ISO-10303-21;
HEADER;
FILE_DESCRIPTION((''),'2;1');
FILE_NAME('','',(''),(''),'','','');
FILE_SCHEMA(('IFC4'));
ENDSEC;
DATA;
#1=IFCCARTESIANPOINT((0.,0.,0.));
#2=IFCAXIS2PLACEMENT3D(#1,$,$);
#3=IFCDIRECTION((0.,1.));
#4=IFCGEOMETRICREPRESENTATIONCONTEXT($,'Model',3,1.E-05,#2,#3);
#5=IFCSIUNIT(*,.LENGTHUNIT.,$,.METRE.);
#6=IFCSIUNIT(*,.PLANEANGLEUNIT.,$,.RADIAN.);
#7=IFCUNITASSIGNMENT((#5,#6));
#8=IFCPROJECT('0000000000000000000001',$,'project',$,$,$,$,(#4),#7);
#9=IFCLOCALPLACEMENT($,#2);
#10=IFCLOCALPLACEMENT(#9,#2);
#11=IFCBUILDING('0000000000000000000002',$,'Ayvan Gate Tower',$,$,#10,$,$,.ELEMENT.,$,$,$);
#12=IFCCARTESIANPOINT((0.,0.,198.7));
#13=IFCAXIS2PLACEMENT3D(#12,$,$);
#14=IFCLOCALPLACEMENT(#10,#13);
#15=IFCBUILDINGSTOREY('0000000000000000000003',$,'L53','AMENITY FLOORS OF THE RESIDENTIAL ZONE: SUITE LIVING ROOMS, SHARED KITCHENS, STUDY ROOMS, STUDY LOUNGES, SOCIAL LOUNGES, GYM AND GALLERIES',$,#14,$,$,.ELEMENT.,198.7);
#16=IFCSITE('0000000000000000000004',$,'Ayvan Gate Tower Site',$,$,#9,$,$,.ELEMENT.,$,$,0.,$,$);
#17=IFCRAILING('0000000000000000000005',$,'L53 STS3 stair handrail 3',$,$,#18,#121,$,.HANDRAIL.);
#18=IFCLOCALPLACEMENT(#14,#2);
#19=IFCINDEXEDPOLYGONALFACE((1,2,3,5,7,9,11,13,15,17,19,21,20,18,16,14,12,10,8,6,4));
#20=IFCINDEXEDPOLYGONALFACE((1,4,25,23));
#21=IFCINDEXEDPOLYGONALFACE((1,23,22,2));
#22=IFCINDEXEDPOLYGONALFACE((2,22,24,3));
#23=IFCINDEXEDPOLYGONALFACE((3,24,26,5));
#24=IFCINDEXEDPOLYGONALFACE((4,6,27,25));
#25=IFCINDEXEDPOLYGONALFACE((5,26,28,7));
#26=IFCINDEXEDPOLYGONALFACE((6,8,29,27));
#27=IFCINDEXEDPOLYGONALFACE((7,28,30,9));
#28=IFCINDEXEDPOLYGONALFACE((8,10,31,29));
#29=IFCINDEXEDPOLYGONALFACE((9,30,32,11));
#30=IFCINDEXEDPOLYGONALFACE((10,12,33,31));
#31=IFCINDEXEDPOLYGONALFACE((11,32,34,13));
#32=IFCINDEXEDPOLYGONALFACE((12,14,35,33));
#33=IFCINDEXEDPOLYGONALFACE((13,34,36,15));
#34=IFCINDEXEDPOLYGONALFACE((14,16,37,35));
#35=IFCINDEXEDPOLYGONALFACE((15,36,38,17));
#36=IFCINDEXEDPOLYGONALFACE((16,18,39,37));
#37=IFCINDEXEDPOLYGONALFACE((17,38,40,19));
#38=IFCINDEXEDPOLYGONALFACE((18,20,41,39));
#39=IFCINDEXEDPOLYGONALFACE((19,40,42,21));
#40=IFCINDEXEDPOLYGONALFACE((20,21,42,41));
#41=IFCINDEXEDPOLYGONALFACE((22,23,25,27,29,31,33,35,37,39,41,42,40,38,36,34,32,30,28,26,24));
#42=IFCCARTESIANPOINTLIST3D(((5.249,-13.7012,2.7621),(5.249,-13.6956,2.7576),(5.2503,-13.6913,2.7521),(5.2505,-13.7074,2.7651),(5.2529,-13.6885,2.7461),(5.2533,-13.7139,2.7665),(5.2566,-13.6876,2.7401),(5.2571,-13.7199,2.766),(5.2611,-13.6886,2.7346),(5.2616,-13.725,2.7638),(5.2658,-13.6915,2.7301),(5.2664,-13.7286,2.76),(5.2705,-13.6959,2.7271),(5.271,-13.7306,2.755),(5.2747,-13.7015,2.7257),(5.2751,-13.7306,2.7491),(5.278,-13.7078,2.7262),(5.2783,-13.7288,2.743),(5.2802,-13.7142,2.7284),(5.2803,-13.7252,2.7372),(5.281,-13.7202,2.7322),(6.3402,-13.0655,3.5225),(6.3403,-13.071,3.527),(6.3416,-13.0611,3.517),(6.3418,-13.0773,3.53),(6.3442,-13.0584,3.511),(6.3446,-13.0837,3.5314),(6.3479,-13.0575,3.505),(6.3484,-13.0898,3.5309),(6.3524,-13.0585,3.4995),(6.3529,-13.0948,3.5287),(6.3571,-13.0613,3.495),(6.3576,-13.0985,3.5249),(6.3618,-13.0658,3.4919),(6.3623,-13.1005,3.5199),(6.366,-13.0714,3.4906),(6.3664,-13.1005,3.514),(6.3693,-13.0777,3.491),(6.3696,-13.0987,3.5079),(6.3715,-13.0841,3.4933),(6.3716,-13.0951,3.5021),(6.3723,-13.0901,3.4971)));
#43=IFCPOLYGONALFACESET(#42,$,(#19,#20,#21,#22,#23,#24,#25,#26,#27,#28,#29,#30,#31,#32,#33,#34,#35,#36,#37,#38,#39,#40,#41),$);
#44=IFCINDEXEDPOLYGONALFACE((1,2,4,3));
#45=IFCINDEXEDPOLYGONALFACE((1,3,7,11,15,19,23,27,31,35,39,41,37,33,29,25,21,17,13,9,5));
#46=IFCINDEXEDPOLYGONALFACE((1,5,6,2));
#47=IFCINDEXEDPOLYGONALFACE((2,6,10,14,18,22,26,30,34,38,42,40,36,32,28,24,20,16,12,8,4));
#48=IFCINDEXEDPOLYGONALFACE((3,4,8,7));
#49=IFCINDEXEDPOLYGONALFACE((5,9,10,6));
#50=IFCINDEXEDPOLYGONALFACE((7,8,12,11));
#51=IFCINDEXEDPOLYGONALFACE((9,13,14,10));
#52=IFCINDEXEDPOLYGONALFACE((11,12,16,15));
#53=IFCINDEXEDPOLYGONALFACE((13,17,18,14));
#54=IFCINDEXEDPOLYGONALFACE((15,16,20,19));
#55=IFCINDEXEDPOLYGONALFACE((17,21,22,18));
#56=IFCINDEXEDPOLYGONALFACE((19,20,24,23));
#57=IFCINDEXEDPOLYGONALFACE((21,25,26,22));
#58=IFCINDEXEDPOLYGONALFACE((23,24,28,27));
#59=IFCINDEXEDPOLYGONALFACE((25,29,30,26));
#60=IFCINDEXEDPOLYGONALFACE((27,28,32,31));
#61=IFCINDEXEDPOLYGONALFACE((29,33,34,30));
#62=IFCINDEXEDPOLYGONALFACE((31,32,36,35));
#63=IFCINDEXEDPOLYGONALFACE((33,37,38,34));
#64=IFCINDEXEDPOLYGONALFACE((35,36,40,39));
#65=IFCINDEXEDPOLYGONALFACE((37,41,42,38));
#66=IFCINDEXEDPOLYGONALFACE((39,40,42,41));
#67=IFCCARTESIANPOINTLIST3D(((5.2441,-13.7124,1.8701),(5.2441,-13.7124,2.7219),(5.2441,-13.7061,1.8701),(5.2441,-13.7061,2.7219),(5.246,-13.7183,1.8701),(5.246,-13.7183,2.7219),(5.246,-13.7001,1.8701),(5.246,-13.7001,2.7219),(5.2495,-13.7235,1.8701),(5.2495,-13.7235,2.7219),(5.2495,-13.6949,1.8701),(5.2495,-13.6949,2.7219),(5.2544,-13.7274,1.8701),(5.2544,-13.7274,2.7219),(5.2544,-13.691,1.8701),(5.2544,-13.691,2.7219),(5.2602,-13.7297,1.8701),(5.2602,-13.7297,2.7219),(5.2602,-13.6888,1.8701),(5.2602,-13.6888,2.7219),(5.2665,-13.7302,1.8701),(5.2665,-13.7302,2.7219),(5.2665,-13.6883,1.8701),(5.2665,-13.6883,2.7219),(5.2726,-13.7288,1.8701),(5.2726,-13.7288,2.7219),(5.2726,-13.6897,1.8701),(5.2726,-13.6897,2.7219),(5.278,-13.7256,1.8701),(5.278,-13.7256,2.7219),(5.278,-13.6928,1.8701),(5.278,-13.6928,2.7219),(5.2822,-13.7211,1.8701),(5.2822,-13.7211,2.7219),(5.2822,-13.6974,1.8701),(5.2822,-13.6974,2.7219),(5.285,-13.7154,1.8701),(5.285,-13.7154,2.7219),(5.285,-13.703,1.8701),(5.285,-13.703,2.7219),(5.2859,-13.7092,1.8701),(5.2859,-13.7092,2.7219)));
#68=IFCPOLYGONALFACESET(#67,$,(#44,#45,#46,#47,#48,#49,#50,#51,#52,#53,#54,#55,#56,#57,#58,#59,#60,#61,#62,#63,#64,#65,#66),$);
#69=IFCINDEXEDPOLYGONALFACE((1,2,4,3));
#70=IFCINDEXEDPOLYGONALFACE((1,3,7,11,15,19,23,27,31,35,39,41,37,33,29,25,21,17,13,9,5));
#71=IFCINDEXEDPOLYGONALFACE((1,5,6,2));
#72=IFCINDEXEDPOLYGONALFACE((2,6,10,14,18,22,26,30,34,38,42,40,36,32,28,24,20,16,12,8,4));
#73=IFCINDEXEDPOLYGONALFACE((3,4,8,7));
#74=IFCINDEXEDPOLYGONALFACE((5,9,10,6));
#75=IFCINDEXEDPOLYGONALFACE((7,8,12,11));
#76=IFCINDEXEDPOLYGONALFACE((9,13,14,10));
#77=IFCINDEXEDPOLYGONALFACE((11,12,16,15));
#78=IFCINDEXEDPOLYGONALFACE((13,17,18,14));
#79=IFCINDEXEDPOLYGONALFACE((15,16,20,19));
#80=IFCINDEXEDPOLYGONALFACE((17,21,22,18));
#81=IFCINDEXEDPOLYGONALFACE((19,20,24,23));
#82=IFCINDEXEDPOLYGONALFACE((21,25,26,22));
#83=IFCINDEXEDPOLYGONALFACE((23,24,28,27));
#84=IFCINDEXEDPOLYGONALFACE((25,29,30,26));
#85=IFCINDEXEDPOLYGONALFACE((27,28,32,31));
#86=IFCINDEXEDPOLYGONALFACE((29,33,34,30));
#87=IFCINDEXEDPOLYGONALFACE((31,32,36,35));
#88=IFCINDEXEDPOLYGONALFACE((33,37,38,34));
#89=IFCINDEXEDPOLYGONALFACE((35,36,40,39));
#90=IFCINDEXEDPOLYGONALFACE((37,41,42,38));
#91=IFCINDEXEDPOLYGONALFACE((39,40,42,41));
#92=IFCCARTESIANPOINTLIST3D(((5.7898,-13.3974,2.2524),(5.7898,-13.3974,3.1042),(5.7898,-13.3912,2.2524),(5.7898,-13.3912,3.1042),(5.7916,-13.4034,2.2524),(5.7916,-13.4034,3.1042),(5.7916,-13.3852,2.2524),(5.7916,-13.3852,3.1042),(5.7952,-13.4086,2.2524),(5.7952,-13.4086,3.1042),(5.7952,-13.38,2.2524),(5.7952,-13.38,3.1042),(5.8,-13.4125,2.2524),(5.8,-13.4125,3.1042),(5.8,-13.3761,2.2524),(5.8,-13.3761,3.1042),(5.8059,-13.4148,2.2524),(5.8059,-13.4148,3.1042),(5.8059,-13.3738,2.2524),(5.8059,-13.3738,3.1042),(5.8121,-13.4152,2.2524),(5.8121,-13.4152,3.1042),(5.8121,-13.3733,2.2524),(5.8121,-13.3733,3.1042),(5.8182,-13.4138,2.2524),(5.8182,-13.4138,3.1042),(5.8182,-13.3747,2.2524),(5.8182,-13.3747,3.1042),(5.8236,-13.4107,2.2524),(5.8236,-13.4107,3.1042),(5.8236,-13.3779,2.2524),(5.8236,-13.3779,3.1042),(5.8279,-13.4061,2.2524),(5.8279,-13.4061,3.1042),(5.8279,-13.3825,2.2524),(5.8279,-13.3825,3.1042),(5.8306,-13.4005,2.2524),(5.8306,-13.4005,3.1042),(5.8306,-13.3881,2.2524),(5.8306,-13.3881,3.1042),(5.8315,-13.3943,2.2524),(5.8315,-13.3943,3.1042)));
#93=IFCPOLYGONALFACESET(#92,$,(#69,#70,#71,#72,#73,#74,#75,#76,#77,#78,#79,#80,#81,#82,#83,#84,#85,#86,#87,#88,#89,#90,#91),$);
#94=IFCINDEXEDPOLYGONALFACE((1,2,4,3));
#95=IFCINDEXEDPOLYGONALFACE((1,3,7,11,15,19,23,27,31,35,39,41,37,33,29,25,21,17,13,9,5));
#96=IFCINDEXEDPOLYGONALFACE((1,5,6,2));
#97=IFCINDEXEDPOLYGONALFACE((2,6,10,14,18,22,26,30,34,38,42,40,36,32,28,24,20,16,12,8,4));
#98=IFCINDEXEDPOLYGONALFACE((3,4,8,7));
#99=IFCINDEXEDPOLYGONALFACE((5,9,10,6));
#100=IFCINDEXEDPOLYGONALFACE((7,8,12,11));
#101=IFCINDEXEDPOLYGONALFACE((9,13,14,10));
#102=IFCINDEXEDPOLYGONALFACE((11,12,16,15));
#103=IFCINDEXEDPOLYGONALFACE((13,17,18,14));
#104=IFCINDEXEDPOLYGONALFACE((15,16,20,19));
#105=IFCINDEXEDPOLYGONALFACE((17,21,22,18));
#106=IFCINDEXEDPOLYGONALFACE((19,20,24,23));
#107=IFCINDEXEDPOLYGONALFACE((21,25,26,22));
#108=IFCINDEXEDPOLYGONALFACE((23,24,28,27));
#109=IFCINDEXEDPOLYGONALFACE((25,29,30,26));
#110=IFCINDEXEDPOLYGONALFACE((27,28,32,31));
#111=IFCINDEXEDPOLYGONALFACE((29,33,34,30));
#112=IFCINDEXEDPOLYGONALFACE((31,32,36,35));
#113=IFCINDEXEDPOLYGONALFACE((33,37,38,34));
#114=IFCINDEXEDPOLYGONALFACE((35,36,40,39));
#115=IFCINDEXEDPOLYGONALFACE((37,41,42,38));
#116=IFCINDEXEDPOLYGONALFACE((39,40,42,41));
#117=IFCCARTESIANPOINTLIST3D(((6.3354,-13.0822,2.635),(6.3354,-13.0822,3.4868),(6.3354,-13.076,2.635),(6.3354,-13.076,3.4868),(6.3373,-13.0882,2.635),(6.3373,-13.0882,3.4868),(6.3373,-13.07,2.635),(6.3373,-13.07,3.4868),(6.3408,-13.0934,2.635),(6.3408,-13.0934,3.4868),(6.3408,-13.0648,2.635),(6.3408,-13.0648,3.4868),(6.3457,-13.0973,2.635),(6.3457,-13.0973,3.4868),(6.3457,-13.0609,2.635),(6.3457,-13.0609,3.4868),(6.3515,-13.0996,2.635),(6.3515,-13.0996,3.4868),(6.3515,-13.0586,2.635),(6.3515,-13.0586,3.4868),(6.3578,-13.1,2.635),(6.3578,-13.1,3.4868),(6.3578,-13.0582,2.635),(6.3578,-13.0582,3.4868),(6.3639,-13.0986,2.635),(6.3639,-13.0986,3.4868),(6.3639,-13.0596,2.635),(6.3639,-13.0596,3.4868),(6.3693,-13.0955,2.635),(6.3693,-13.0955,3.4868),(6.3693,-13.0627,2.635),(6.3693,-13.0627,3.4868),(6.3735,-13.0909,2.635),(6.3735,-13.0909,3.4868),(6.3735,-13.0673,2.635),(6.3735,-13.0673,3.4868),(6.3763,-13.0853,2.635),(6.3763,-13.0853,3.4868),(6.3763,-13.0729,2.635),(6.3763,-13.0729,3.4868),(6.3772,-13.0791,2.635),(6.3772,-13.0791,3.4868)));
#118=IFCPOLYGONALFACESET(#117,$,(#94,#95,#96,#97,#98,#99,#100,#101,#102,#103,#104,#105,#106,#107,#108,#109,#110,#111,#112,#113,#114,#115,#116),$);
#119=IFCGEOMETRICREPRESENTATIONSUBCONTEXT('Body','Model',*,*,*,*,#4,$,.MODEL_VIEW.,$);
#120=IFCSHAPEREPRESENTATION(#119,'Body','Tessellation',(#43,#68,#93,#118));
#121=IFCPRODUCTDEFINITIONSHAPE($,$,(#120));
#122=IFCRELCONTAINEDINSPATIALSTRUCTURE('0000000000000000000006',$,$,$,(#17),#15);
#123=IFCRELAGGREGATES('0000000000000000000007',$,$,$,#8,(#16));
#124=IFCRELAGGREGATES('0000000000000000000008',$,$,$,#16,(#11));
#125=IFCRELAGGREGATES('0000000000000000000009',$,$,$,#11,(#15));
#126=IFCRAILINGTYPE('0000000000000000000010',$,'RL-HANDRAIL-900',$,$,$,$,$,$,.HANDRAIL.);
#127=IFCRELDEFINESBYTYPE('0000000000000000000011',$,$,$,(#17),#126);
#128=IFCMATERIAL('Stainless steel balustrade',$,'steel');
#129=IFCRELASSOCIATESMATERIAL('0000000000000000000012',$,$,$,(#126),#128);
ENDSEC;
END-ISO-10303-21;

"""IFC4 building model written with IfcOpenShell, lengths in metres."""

from ifc_helpers import new_model, si_unit, direction, frame, origin, origin_2d, place, context, subcontext, project, spatial, circle, extrude, material, type_object, element, save


model = new_model("IFC4")

# Units and contexts
model_context = context("Model", 3, precision=1e-05, world=origin(), true_north=direction((0.0, 1.0)))
body_context = subcontext(model_context, "Body", "Model", "MODEL_VIEW")
ifc_project = project(units=[si_unit("LENGTHUNIT", "METRE"), si_unit("PLANEANGLEUNIT", "RADIAN")], contexts=[model_context])

# Site, building, storey
site_placement = place(None, origin())
site = spatial("IfcSite", under=ifc_project, at=site_placement, Name="Ayvan Gate Tower Site", CompositionType="ELEMENT", RefElevation=0.0)
building_placement = place(site_placement, origin())
building = spatial("IfcBuilding", under=site, at=building_placement, Name="Ayvan Gate Tower", CompositionType="ELEMENT")
storey_placement = place(building_placement, frame((0.0, 0.0, 198.7)))
storey = spatial("IfcBuildingStorey", under=building, at=storey_placement, Name="L53", Description="AMENITY FLOORS OF THE RESIDENTIAL ZONE: SUITE LIVING ROOMS, SHARED KITCHENS, STUDY ROOMS, STUDY LOUNGES, SOCIAL LOUNGES, GYM AND GALLERIES", CompositionType="ELEMENT", Elevation=198.7)

# Railing
ifc_material_1 = material(Name="Stainless steel balustrade", Category="steel")
railing_type_1 = type_object("IfcRailingType", Name="RL-HANDRAIL-900", PredefinedType="HANDRAIL", material=ifc_material_1)
railing_1_placement = place(storey_placement, frame((5.2649, -13.7092, 1.8701)))
element("IfcRailing", 1, at=railing_1_placement, inside=storey, type_object=railing_type_1, Name="L53 STS3 stair handrail 3", PredefinedType="HANDRAIL", context=body_context, shape_type="SweptSolid", body=[
    extrude(circle(Radius=0.0239, at=origin_2d()), frame((0.0, 0.0, 0.876), z_axis=(0.740304, 0.427455, 0.518875), x_axis=(-0.500035, 0.866005, 0.0)), (0.0, 0.0, 1.0), 1.4741),
    extrude(circle(Radius=0.021, at=origin_2d()), origin(), (0.0, 0.0, 1.0), 0.8518),
    extrude(circle(Radius=0.021, at=origin_2d()), frame((0.5457, 0.3149, 0.3823)), (0.0, 0.0, 1.0), 0.8518),
    extrude(circle(Radius=0.021, at=origin_2d()), frame((1.0913, 0.6301, 0.7649)), (0.0, 0.0, 1.0), 0.8518),
])

save(model, "model.ifc")
